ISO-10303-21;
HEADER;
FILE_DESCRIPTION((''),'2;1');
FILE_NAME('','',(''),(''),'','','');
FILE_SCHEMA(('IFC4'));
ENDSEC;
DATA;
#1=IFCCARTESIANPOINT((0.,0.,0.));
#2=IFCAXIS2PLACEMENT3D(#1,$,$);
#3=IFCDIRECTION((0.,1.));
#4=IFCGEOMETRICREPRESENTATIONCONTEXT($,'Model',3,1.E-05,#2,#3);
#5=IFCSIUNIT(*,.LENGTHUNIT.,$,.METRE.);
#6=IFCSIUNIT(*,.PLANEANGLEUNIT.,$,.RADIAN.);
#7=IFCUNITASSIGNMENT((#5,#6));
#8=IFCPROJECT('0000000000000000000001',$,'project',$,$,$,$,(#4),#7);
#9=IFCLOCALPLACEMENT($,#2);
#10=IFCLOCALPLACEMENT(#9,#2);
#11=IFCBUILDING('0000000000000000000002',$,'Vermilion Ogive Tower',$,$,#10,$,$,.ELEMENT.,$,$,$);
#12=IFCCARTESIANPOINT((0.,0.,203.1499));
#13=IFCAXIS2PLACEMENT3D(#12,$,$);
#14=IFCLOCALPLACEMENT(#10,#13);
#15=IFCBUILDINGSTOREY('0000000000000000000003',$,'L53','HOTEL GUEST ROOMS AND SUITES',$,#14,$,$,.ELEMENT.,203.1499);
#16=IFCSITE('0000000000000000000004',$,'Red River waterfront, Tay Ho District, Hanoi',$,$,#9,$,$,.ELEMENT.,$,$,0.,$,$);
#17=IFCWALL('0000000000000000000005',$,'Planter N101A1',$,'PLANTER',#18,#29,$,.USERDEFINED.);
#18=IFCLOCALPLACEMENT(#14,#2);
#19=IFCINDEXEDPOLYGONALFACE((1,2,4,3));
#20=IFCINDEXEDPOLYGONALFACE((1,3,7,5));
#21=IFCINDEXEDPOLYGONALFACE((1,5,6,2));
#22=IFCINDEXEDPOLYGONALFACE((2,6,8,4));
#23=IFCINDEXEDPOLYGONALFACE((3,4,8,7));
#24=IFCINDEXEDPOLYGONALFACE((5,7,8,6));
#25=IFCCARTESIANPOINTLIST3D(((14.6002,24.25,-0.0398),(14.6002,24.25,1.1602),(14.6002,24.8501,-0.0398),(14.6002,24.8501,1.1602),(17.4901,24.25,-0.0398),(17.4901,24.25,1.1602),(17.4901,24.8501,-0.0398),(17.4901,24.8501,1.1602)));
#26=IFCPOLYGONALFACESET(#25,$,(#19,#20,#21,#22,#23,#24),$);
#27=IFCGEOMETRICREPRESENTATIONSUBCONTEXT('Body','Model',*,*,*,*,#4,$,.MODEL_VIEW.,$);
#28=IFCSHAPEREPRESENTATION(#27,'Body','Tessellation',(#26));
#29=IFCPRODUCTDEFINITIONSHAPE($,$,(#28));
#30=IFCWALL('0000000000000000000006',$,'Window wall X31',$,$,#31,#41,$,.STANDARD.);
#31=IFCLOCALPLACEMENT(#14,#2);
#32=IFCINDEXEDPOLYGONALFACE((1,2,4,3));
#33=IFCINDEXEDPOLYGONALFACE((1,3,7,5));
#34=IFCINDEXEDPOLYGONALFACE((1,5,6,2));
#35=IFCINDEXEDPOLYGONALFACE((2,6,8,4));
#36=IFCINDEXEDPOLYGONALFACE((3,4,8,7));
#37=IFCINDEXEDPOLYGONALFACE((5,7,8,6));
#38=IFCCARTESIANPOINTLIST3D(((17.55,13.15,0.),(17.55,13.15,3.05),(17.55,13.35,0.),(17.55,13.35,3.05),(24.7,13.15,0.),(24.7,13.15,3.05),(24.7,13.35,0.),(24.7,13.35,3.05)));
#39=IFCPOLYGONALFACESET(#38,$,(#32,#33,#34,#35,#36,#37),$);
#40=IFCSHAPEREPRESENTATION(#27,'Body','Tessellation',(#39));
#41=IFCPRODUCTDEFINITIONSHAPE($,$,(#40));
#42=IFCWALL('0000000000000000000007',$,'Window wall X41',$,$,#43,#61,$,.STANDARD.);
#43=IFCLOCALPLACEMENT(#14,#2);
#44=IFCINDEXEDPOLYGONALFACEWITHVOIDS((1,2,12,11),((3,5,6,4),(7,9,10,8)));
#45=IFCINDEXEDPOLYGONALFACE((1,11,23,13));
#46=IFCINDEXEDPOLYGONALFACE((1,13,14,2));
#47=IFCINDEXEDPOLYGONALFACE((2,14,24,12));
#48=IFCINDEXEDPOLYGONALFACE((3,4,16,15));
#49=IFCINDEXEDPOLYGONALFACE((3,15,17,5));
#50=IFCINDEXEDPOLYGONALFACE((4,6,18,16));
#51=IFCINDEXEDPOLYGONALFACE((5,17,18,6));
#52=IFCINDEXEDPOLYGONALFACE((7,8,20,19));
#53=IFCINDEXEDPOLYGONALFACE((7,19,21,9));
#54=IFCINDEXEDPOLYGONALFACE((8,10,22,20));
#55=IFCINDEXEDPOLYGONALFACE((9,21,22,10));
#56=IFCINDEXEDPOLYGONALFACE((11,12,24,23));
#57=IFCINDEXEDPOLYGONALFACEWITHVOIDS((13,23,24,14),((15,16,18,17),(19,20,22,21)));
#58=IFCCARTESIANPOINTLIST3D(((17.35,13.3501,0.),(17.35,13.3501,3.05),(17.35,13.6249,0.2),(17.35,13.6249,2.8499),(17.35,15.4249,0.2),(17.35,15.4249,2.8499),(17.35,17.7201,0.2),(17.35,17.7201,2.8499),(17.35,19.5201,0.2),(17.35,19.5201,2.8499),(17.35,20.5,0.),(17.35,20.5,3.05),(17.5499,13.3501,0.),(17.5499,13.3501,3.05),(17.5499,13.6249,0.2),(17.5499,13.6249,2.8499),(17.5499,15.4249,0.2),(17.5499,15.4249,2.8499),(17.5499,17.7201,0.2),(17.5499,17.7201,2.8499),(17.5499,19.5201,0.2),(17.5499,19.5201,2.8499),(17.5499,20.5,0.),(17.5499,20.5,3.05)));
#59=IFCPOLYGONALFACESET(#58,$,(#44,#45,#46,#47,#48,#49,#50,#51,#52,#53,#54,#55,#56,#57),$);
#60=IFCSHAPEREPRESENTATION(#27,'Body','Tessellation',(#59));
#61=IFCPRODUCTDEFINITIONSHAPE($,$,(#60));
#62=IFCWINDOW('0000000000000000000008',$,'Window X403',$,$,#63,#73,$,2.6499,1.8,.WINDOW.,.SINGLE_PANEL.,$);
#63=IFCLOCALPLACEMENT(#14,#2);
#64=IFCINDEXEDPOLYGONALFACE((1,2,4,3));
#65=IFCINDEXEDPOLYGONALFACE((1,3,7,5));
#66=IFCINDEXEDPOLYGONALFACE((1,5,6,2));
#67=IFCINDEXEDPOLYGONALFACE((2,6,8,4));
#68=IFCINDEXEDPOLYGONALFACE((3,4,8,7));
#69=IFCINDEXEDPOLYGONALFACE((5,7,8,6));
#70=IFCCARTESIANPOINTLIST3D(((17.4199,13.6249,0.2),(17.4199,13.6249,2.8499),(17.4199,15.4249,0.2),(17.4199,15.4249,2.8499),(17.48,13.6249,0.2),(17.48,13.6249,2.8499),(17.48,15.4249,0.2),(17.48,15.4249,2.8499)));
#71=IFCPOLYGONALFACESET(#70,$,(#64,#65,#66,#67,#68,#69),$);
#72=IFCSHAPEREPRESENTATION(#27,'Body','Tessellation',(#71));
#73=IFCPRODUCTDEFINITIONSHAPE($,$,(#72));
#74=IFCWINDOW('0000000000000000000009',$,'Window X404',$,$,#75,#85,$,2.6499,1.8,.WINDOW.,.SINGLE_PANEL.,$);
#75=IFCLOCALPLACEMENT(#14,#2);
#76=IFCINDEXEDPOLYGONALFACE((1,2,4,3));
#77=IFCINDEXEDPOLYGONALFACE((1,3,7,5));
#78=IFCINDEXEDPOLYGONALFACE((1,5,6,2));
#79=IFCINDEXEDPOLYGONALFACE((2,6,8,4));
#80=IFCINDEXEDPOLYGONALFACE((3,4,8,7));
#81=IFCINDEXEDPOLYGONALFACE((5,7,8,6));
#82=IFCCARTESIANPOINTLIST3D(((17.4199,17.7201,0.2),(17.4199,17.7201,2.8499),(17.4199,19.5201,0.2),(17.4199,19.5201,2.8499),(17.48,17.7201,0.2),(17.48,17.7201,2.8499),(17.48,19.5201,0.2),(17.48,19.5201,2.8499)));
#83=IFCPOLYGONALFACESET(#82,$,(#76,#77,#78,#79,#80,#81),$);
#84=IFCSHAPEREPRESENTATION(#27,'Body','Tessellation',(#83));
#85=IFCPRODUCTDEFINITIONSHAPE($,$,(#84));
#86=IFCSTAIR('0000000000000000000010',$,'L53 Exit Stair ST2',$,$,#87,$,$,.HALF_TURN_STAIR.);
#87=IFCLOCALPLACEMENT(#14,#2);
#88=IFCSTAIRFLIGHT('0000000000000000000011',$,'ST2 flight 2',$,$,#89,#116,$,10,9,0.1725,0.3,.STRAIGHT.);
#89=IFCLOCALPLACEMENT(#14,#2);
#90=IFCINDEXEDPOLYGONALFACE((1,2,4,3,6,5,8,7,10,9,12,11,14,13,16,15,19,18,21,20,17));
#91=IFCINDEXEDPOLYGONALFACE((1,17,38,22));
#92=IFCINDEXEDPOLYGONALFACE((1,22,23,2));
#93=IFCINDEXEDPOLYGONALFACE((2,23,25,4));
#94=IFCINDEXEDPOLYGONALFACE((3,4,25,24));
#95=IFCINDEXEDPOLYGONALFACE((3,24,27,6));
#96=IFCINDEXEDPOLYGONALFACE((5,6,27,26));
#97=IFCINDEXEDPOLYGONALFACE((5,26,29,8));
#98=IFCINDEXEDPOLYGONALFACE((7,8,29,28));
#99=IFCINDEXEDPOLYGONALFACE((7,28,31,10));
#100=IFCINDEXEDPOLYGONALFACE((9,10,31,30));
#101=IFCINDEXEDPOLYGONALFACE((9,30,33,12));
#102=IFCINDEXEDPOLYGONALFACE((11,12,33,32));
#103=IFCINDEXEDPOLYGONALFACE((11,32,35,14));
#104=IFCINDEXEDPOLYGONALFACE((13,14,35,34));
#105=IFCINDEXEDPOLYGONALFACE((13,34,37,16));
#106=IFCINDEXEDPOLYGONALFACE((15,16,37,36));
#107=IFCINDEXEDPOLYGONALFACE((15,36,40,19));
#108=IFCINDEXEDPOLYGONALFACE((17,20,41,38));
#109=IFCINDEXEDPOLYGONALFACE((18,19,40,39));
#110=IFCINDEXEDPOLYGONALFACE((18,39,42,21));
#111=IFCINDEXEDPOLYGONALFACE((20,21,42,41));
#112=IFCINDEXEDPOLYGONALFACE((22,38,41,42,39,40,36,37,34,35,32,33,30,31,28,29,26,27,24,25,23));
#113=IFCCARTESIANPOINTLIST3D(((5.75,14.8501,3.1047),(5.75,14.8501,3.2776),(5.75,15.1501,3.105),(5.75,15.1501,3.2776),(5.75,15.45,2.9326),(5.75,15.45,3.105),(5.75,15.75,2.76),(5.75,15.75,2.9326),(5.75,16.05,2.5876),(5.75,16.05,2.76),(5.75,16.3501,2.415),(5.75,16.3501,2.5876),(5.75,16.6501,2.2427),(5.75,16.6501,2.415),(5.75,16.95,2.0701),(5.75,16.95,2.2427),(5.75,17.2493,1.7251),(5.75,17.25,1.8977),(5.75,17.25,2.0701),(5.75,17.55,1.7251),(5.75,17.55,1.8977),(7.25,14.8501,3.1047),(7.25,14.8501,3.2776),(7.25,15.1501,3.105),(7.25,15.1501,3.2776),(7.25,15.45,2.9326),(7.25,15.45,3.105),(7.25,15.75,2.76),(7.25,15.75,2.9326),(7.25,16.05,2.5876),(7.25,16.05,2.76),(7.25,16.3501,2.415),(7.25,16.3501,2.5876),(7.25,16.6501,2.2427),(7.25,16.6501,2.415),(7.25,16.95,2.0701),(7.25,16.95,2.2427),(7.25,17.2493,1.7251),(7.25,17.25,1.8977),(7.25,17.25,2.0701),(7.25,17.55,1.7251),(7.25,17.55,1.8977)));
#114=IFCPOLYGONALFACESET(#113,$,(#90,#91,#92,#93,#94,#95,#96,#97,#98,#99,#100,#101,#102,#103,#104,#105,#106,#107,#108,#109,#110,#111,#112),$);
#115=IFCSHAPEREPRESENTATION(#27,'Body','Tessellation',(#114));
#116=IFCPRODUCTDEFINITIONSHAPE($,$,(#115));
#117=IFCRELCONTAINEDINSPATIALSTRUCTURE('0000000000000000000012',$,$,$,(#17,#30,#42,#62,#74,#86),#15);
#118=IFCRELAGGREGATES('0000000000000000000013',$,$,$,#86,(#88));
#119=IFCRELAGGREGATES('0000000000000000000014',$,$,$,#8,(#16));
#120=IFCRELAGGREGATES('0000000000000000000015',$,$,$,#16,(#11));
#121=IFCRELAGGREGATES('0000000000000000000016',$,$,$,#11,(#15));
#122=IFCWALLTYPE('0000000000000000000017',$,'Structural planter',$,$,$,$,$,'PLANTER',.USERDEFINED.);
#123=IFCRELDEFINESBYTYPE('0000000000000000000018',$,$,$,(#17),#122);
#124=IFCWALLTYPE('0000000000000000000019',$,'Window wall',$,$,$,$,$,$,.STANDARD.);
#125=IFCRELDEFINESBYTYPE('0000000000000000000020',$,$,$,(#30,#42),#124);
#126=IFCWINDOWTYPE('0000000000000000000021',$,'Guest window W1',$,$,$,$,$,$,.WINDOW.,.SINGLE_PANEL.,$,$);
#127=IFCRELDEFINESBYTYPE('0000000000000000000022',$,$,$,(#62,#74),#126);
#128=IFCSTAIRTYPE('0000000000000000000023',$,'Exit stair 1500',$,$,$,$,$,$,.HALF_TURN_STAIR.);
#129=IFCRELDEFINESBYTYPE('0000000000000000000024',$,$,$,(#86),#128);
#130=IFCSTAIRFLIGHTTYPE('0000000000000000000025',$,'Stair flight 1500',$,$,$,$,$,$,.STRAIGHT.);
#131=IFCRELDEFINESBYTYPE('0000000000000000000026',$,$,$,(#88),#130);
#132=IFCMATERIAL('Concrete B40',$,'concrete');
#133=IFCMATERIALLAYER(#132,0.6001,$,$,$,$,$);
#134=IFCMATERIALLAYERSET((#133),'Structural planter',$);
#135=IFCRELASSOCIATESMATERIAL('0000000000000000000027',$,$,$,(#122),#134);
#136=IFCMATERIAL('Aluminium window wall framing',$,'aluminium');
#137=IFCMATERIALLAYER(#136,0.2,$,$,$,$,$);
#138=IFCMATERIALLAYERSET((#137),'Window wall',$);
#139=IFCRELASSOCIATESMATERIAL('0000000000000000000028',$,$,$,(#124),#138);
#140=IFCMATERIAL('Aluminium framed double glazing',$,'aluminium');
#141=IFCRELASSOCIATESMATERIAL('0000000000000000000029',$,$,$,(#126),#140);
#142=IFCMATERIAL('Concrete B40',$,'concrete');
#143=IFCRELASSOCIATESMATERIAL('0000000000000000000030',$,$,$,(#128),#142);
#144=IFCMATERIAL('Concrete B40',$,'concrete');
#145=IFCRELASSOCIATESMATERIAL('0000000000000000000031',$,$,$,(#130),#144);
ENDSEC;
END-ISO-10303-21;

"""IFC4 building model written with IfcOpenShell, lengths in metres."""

from ifc_helpers import new_model, si_unit, direction, frame, frame_2d, origin, place, context, subcontext, project, spatial, polyline, rectangle, outline, extrude, material, layer, layer_set, type_object, element, fill, aggregate, save


model = new_model("IFC4")

# Units and contexts
model_context = context("Model", 3, precision=1e-05, world=origin(), true_north=direction((0.0, 1.0)))
body_context = subcontext(model_context, "Body", "Model", "MODEL_VIEW")
ifc_project = project(units=[si_unit("LENGTHUNIT", "METRE"), si_unit("PLANEANGLEUNIT", "RADIAN")], contexts=[model_context])

# Site, building, storey
site_placement = place(None, origin())
site = spatial("IfcSite", under=ifc_project, at=site_placement, Name="Red River waterfront, Tay Ho District, Hanoi", CompositionType="ELEMENT", RefElevation=0.0)
building_placement = place(site_placement, origin())
building = spatial("IfcBuilding", under=site, at=building_placement, Name="Vermilion Ogive Tower", CompositionType="ELEMENT")
storey_placement = place(building_placement, frame((0.0, 0.0, 203.1499)))
storey = spatial("IfcBuildingStorey", under=building, at=storey_placement, Name="L53", Description="HOTEL GUEST ROOMS AND SUITES", CompositionType="ELEMENT", Elevation=203.1499)

# Walls
ifc_material_1 = material(Name="Concrete B40", Category="concrete")
ifc_layer_1 = layer(ifc_material_1, 0.6001)
ifc_layer_set_1 = layer_set([ifc_layer_1], Name="Structural planter")
wall_type_1 = type_object("IfcWallType", Name="Structural planter", ElementType="PLANTER", PredefinedType="USERDEFINED", material=ifc_layer_set_1)
wall_1_placement = place(storey_placement, frame((17.49, 24.55, -0.0398), z_axis=(0.0, 0.0, 1.0), x_axis=(-1.0, 0.0, 0.0)))
element("IfcWall", 1, at=wall_1_placement, inside=storey, type_object=wall_type_1, Name="Planter N101A1", ObjectType="PLANTER", PredefinedType="USERDEFINED", context=body_context, shape_type="SweptSolid", body=[
    extrude(rectangle(XDim=2.8899, YDim=0.6001, at=frame_2d((1.4448, 0.0))), origin(), (0.0, 0.0, 1.0), 1.2),
])
ifc_material_2 = material(Name="Aluminium window wall framing", Category="aluminium")
ifc_layer_2 = layer(ifc_material_2, 0.2)
ifc_layer_set_2 = layer_set([ifc_layer_2], Name="Window wall")
wall_type_2 = type_object("IfcWallType", Name="Window wall", PredefinedType="STANDARD", material=ifc_layer_set_2)
wall_2_placement = place(storey_placement, frame((24.7, 13.25, 0.0), z_axis=(0.0, 0.0, 1.0), x_axis=(-1.0, 0.0, 0.0)))
element("IfcWall", 2, at=wall_2_placement, inside=storey, type_object=wall_type_2, Name="Window wall X31", PredefinedType="STANDARD", context=body_context, shape_type="SweptSolid", body=[
    extrude(rectangle(XDim=7.1499, YDim=0.2, at=frame_2d((3.575, 0.0))), origin(), (0.0, 0.0, 1.0), 3.05),
])

# Wall, openings, windows
wall_3_placement = place(storey_placement, frame((17.45, 13.3501, 0.0), z_axis=(0.0, 0.0, 1.0), x_axis=(0.0, 1.0, 0.0)))
wall_3 = element("IfcWall", 3, at=wall_3_placement, inside=storey, type_object=wall_type_2, Name="Window wall X41", PredefinedType="STANDARD", context=body_context, shape_type="SweptSolid", body=[
    extrude(rectangle(XDim=7.1499, YDim=0.2, at=frame_2d((3.575, 0.0))), origin(), (0.0, 0.0, 1.0), 3.05),
])
opening_1_placement = place(wall_3_placement, frame((0.2749, 0.0, 0.2)))
opening_1 = element("IfcOpeningElement", 4, at=opening_1_placement, cuts=wall_3, PredefinedType="OPENING", context=body_context, shape_type="SweptSolid", body=[
    extrude(rectangle(XDim=1.8, YDim=2.6499, at=frame_2d((0.8999, 1.325))), frame((0.0, 0.1099, 0.0), z_axis=(0.0, -1.0, 0.0), x_axis=(1.0, 0.0, 0.0)), (0.0, 0.0, 1.0), 0.22),
])
opening_2_placement = place(wall_3_placement, frame((4.3701, 0.0, 0.2)))
opening_2 = element("IfcOpeningElement", 5, at=opening_2_placement, cuts=wall_3, PredefinedType="OPENING", context=body_context, shape_type="SweptSolid", body=[
    extrude(rectangle(XDim=1.8, YDim=2.6499, at=frame_2d((0.8999, 1.325))), frame((0.0, 0.1099, 0.0), z_axis=(0.0, -1.0, 0.0), x_axis=(1.0, 0.0, 0.0)), (0.0, 0.0, 1.0), 0.22),
])
ifc_material_3 = material(Name="Aluminium framed double glazing", Category="aluminium")
window_type = type_object("IfcWindowType", Name="Guest window W1", PartitioningType="SINGLE_PANEL", PredefinedType="WINDOW", material=ifc_material_3)
window_1_placement = place(opening_1_placement, origin())
window_1 = element("IfcWindow", 6, at=window_1_placement, inside=storey, type_object=window_type, Name="Window X403", OverallHeight=2.6499, OverallWidth=1.8, PartitioningType="SINGLE_PANEL", PredefinedType="WINDOW", context=body_context, shape_type="SweptSolid", body=[
    extrude(rectangle(XDim=1.8, YDim=2.6499, at=frame_2d((0.8999, 1.325))), frame((0.0, 0.03, 0.0), z_axis=(0.0, -1.0, 0.0), x_axis=(1.0, 0.0, 0.0)), (0.0, 0.0, 1.0), 0.0601),
])
fill(opening_1, window_1)
window_2_placement = place(opening_2_placement, origin())
window_2 = element("IfcWindow", 7, at=window_2_placement, inside=storey, type_object=window_type, Name="Window X404", OverallHeight=2.6499, OverallWidth=1.8, PartitioningType="SINGLE_PANEL", PredefinedType="WINDOW", context=body_context, shape_type="SweptSolid", body=[
    extrude(rectangle(XDim=1.8, YDim=2.6499, at=frame_2d((0.8999, 1.325))), frame((0.0, 0.03, 0.0), z_axis=(0.0, -1.0, 0.0), x_axis=(1.0, 0.0, 0.0)), (0.0, 0.0, 1.0), 0.0601),
])
fill(opening_2, window_2)

# Stair, stair flight
ifc_material_4 = material(Name="Concrete B40", Category="concrete")
stair_type = type_object("IfcStairType", Name="Exit stair 1500", PredefinedType="HALF_TURN_STAIR", material=ifc_material_4)
stair_placement = place(storey_placement, origin())
stair = element("IfcStair", 8, at=stair_placement, inside=storey, type_object=stair_type, Name="L53 Exit Stair ST2", PredefinedType="HALF_TURN_STAIR")
ifc_material_5 = material(Name="Concrete B40", Category="concrete")
stair_flight_type = type_object("IfcStairFlightType", Name="Stair flight 1500", PredefinedType="STRAIGHT", material=ifc_material_5)
stair_flight_placement = place(storey_placement, frame((6.5, 17.55, 1.7251), z_axis=(0.0, 0.0, 1.0), x_axis=(0.0, -1.0, 0.0)))
stair_flight = element("IfcStairFlight", 9, at=stair_flight_placement, type_object=stair_flight_type, Name="ST2 flight 2", NumberOfRisers=10, NumberOfTreads=9, PredefinedType="STRAIGHT", RiserHeight=0.1725, TreadLength=0.3, context=body_context, shape_type="SweptSolid", body=[
    extrude(outline(polyline([(0.0, 0.0), (0.0, 0.1726), (0.3, 0.1726), (0.3, 0.345), (0.6001, 0.345), (0.6001, 0.5176), (0.8999, 0.5176), (0.8999, 0.6899), (1.2, 0.6899), (1.2, 0.8625), (1.5, 0.8625), (1.5, 1.0349), (1.8, 1.0349), (1.8, 1.2075), (2.1001, 1.2075), (2.1001, 1.3799), (2.3999, 1.3799), (2.3999, 1.5525), (2.7, 1.5525), (2.7, 1.7251), (2.7, 1.3796), (0.3008, 0.0), (0.0, 0.0)])), frame((0.0, 0.75, 0.0), z_axis=(0.0, -1.0, 0.0), x_axis=(1.0, 0.0, 0.0)), (0.0, 0.0, 1.0), 1.5),
])
aggregate(stair, [stair_flight])

save(model, "model.ifc")
